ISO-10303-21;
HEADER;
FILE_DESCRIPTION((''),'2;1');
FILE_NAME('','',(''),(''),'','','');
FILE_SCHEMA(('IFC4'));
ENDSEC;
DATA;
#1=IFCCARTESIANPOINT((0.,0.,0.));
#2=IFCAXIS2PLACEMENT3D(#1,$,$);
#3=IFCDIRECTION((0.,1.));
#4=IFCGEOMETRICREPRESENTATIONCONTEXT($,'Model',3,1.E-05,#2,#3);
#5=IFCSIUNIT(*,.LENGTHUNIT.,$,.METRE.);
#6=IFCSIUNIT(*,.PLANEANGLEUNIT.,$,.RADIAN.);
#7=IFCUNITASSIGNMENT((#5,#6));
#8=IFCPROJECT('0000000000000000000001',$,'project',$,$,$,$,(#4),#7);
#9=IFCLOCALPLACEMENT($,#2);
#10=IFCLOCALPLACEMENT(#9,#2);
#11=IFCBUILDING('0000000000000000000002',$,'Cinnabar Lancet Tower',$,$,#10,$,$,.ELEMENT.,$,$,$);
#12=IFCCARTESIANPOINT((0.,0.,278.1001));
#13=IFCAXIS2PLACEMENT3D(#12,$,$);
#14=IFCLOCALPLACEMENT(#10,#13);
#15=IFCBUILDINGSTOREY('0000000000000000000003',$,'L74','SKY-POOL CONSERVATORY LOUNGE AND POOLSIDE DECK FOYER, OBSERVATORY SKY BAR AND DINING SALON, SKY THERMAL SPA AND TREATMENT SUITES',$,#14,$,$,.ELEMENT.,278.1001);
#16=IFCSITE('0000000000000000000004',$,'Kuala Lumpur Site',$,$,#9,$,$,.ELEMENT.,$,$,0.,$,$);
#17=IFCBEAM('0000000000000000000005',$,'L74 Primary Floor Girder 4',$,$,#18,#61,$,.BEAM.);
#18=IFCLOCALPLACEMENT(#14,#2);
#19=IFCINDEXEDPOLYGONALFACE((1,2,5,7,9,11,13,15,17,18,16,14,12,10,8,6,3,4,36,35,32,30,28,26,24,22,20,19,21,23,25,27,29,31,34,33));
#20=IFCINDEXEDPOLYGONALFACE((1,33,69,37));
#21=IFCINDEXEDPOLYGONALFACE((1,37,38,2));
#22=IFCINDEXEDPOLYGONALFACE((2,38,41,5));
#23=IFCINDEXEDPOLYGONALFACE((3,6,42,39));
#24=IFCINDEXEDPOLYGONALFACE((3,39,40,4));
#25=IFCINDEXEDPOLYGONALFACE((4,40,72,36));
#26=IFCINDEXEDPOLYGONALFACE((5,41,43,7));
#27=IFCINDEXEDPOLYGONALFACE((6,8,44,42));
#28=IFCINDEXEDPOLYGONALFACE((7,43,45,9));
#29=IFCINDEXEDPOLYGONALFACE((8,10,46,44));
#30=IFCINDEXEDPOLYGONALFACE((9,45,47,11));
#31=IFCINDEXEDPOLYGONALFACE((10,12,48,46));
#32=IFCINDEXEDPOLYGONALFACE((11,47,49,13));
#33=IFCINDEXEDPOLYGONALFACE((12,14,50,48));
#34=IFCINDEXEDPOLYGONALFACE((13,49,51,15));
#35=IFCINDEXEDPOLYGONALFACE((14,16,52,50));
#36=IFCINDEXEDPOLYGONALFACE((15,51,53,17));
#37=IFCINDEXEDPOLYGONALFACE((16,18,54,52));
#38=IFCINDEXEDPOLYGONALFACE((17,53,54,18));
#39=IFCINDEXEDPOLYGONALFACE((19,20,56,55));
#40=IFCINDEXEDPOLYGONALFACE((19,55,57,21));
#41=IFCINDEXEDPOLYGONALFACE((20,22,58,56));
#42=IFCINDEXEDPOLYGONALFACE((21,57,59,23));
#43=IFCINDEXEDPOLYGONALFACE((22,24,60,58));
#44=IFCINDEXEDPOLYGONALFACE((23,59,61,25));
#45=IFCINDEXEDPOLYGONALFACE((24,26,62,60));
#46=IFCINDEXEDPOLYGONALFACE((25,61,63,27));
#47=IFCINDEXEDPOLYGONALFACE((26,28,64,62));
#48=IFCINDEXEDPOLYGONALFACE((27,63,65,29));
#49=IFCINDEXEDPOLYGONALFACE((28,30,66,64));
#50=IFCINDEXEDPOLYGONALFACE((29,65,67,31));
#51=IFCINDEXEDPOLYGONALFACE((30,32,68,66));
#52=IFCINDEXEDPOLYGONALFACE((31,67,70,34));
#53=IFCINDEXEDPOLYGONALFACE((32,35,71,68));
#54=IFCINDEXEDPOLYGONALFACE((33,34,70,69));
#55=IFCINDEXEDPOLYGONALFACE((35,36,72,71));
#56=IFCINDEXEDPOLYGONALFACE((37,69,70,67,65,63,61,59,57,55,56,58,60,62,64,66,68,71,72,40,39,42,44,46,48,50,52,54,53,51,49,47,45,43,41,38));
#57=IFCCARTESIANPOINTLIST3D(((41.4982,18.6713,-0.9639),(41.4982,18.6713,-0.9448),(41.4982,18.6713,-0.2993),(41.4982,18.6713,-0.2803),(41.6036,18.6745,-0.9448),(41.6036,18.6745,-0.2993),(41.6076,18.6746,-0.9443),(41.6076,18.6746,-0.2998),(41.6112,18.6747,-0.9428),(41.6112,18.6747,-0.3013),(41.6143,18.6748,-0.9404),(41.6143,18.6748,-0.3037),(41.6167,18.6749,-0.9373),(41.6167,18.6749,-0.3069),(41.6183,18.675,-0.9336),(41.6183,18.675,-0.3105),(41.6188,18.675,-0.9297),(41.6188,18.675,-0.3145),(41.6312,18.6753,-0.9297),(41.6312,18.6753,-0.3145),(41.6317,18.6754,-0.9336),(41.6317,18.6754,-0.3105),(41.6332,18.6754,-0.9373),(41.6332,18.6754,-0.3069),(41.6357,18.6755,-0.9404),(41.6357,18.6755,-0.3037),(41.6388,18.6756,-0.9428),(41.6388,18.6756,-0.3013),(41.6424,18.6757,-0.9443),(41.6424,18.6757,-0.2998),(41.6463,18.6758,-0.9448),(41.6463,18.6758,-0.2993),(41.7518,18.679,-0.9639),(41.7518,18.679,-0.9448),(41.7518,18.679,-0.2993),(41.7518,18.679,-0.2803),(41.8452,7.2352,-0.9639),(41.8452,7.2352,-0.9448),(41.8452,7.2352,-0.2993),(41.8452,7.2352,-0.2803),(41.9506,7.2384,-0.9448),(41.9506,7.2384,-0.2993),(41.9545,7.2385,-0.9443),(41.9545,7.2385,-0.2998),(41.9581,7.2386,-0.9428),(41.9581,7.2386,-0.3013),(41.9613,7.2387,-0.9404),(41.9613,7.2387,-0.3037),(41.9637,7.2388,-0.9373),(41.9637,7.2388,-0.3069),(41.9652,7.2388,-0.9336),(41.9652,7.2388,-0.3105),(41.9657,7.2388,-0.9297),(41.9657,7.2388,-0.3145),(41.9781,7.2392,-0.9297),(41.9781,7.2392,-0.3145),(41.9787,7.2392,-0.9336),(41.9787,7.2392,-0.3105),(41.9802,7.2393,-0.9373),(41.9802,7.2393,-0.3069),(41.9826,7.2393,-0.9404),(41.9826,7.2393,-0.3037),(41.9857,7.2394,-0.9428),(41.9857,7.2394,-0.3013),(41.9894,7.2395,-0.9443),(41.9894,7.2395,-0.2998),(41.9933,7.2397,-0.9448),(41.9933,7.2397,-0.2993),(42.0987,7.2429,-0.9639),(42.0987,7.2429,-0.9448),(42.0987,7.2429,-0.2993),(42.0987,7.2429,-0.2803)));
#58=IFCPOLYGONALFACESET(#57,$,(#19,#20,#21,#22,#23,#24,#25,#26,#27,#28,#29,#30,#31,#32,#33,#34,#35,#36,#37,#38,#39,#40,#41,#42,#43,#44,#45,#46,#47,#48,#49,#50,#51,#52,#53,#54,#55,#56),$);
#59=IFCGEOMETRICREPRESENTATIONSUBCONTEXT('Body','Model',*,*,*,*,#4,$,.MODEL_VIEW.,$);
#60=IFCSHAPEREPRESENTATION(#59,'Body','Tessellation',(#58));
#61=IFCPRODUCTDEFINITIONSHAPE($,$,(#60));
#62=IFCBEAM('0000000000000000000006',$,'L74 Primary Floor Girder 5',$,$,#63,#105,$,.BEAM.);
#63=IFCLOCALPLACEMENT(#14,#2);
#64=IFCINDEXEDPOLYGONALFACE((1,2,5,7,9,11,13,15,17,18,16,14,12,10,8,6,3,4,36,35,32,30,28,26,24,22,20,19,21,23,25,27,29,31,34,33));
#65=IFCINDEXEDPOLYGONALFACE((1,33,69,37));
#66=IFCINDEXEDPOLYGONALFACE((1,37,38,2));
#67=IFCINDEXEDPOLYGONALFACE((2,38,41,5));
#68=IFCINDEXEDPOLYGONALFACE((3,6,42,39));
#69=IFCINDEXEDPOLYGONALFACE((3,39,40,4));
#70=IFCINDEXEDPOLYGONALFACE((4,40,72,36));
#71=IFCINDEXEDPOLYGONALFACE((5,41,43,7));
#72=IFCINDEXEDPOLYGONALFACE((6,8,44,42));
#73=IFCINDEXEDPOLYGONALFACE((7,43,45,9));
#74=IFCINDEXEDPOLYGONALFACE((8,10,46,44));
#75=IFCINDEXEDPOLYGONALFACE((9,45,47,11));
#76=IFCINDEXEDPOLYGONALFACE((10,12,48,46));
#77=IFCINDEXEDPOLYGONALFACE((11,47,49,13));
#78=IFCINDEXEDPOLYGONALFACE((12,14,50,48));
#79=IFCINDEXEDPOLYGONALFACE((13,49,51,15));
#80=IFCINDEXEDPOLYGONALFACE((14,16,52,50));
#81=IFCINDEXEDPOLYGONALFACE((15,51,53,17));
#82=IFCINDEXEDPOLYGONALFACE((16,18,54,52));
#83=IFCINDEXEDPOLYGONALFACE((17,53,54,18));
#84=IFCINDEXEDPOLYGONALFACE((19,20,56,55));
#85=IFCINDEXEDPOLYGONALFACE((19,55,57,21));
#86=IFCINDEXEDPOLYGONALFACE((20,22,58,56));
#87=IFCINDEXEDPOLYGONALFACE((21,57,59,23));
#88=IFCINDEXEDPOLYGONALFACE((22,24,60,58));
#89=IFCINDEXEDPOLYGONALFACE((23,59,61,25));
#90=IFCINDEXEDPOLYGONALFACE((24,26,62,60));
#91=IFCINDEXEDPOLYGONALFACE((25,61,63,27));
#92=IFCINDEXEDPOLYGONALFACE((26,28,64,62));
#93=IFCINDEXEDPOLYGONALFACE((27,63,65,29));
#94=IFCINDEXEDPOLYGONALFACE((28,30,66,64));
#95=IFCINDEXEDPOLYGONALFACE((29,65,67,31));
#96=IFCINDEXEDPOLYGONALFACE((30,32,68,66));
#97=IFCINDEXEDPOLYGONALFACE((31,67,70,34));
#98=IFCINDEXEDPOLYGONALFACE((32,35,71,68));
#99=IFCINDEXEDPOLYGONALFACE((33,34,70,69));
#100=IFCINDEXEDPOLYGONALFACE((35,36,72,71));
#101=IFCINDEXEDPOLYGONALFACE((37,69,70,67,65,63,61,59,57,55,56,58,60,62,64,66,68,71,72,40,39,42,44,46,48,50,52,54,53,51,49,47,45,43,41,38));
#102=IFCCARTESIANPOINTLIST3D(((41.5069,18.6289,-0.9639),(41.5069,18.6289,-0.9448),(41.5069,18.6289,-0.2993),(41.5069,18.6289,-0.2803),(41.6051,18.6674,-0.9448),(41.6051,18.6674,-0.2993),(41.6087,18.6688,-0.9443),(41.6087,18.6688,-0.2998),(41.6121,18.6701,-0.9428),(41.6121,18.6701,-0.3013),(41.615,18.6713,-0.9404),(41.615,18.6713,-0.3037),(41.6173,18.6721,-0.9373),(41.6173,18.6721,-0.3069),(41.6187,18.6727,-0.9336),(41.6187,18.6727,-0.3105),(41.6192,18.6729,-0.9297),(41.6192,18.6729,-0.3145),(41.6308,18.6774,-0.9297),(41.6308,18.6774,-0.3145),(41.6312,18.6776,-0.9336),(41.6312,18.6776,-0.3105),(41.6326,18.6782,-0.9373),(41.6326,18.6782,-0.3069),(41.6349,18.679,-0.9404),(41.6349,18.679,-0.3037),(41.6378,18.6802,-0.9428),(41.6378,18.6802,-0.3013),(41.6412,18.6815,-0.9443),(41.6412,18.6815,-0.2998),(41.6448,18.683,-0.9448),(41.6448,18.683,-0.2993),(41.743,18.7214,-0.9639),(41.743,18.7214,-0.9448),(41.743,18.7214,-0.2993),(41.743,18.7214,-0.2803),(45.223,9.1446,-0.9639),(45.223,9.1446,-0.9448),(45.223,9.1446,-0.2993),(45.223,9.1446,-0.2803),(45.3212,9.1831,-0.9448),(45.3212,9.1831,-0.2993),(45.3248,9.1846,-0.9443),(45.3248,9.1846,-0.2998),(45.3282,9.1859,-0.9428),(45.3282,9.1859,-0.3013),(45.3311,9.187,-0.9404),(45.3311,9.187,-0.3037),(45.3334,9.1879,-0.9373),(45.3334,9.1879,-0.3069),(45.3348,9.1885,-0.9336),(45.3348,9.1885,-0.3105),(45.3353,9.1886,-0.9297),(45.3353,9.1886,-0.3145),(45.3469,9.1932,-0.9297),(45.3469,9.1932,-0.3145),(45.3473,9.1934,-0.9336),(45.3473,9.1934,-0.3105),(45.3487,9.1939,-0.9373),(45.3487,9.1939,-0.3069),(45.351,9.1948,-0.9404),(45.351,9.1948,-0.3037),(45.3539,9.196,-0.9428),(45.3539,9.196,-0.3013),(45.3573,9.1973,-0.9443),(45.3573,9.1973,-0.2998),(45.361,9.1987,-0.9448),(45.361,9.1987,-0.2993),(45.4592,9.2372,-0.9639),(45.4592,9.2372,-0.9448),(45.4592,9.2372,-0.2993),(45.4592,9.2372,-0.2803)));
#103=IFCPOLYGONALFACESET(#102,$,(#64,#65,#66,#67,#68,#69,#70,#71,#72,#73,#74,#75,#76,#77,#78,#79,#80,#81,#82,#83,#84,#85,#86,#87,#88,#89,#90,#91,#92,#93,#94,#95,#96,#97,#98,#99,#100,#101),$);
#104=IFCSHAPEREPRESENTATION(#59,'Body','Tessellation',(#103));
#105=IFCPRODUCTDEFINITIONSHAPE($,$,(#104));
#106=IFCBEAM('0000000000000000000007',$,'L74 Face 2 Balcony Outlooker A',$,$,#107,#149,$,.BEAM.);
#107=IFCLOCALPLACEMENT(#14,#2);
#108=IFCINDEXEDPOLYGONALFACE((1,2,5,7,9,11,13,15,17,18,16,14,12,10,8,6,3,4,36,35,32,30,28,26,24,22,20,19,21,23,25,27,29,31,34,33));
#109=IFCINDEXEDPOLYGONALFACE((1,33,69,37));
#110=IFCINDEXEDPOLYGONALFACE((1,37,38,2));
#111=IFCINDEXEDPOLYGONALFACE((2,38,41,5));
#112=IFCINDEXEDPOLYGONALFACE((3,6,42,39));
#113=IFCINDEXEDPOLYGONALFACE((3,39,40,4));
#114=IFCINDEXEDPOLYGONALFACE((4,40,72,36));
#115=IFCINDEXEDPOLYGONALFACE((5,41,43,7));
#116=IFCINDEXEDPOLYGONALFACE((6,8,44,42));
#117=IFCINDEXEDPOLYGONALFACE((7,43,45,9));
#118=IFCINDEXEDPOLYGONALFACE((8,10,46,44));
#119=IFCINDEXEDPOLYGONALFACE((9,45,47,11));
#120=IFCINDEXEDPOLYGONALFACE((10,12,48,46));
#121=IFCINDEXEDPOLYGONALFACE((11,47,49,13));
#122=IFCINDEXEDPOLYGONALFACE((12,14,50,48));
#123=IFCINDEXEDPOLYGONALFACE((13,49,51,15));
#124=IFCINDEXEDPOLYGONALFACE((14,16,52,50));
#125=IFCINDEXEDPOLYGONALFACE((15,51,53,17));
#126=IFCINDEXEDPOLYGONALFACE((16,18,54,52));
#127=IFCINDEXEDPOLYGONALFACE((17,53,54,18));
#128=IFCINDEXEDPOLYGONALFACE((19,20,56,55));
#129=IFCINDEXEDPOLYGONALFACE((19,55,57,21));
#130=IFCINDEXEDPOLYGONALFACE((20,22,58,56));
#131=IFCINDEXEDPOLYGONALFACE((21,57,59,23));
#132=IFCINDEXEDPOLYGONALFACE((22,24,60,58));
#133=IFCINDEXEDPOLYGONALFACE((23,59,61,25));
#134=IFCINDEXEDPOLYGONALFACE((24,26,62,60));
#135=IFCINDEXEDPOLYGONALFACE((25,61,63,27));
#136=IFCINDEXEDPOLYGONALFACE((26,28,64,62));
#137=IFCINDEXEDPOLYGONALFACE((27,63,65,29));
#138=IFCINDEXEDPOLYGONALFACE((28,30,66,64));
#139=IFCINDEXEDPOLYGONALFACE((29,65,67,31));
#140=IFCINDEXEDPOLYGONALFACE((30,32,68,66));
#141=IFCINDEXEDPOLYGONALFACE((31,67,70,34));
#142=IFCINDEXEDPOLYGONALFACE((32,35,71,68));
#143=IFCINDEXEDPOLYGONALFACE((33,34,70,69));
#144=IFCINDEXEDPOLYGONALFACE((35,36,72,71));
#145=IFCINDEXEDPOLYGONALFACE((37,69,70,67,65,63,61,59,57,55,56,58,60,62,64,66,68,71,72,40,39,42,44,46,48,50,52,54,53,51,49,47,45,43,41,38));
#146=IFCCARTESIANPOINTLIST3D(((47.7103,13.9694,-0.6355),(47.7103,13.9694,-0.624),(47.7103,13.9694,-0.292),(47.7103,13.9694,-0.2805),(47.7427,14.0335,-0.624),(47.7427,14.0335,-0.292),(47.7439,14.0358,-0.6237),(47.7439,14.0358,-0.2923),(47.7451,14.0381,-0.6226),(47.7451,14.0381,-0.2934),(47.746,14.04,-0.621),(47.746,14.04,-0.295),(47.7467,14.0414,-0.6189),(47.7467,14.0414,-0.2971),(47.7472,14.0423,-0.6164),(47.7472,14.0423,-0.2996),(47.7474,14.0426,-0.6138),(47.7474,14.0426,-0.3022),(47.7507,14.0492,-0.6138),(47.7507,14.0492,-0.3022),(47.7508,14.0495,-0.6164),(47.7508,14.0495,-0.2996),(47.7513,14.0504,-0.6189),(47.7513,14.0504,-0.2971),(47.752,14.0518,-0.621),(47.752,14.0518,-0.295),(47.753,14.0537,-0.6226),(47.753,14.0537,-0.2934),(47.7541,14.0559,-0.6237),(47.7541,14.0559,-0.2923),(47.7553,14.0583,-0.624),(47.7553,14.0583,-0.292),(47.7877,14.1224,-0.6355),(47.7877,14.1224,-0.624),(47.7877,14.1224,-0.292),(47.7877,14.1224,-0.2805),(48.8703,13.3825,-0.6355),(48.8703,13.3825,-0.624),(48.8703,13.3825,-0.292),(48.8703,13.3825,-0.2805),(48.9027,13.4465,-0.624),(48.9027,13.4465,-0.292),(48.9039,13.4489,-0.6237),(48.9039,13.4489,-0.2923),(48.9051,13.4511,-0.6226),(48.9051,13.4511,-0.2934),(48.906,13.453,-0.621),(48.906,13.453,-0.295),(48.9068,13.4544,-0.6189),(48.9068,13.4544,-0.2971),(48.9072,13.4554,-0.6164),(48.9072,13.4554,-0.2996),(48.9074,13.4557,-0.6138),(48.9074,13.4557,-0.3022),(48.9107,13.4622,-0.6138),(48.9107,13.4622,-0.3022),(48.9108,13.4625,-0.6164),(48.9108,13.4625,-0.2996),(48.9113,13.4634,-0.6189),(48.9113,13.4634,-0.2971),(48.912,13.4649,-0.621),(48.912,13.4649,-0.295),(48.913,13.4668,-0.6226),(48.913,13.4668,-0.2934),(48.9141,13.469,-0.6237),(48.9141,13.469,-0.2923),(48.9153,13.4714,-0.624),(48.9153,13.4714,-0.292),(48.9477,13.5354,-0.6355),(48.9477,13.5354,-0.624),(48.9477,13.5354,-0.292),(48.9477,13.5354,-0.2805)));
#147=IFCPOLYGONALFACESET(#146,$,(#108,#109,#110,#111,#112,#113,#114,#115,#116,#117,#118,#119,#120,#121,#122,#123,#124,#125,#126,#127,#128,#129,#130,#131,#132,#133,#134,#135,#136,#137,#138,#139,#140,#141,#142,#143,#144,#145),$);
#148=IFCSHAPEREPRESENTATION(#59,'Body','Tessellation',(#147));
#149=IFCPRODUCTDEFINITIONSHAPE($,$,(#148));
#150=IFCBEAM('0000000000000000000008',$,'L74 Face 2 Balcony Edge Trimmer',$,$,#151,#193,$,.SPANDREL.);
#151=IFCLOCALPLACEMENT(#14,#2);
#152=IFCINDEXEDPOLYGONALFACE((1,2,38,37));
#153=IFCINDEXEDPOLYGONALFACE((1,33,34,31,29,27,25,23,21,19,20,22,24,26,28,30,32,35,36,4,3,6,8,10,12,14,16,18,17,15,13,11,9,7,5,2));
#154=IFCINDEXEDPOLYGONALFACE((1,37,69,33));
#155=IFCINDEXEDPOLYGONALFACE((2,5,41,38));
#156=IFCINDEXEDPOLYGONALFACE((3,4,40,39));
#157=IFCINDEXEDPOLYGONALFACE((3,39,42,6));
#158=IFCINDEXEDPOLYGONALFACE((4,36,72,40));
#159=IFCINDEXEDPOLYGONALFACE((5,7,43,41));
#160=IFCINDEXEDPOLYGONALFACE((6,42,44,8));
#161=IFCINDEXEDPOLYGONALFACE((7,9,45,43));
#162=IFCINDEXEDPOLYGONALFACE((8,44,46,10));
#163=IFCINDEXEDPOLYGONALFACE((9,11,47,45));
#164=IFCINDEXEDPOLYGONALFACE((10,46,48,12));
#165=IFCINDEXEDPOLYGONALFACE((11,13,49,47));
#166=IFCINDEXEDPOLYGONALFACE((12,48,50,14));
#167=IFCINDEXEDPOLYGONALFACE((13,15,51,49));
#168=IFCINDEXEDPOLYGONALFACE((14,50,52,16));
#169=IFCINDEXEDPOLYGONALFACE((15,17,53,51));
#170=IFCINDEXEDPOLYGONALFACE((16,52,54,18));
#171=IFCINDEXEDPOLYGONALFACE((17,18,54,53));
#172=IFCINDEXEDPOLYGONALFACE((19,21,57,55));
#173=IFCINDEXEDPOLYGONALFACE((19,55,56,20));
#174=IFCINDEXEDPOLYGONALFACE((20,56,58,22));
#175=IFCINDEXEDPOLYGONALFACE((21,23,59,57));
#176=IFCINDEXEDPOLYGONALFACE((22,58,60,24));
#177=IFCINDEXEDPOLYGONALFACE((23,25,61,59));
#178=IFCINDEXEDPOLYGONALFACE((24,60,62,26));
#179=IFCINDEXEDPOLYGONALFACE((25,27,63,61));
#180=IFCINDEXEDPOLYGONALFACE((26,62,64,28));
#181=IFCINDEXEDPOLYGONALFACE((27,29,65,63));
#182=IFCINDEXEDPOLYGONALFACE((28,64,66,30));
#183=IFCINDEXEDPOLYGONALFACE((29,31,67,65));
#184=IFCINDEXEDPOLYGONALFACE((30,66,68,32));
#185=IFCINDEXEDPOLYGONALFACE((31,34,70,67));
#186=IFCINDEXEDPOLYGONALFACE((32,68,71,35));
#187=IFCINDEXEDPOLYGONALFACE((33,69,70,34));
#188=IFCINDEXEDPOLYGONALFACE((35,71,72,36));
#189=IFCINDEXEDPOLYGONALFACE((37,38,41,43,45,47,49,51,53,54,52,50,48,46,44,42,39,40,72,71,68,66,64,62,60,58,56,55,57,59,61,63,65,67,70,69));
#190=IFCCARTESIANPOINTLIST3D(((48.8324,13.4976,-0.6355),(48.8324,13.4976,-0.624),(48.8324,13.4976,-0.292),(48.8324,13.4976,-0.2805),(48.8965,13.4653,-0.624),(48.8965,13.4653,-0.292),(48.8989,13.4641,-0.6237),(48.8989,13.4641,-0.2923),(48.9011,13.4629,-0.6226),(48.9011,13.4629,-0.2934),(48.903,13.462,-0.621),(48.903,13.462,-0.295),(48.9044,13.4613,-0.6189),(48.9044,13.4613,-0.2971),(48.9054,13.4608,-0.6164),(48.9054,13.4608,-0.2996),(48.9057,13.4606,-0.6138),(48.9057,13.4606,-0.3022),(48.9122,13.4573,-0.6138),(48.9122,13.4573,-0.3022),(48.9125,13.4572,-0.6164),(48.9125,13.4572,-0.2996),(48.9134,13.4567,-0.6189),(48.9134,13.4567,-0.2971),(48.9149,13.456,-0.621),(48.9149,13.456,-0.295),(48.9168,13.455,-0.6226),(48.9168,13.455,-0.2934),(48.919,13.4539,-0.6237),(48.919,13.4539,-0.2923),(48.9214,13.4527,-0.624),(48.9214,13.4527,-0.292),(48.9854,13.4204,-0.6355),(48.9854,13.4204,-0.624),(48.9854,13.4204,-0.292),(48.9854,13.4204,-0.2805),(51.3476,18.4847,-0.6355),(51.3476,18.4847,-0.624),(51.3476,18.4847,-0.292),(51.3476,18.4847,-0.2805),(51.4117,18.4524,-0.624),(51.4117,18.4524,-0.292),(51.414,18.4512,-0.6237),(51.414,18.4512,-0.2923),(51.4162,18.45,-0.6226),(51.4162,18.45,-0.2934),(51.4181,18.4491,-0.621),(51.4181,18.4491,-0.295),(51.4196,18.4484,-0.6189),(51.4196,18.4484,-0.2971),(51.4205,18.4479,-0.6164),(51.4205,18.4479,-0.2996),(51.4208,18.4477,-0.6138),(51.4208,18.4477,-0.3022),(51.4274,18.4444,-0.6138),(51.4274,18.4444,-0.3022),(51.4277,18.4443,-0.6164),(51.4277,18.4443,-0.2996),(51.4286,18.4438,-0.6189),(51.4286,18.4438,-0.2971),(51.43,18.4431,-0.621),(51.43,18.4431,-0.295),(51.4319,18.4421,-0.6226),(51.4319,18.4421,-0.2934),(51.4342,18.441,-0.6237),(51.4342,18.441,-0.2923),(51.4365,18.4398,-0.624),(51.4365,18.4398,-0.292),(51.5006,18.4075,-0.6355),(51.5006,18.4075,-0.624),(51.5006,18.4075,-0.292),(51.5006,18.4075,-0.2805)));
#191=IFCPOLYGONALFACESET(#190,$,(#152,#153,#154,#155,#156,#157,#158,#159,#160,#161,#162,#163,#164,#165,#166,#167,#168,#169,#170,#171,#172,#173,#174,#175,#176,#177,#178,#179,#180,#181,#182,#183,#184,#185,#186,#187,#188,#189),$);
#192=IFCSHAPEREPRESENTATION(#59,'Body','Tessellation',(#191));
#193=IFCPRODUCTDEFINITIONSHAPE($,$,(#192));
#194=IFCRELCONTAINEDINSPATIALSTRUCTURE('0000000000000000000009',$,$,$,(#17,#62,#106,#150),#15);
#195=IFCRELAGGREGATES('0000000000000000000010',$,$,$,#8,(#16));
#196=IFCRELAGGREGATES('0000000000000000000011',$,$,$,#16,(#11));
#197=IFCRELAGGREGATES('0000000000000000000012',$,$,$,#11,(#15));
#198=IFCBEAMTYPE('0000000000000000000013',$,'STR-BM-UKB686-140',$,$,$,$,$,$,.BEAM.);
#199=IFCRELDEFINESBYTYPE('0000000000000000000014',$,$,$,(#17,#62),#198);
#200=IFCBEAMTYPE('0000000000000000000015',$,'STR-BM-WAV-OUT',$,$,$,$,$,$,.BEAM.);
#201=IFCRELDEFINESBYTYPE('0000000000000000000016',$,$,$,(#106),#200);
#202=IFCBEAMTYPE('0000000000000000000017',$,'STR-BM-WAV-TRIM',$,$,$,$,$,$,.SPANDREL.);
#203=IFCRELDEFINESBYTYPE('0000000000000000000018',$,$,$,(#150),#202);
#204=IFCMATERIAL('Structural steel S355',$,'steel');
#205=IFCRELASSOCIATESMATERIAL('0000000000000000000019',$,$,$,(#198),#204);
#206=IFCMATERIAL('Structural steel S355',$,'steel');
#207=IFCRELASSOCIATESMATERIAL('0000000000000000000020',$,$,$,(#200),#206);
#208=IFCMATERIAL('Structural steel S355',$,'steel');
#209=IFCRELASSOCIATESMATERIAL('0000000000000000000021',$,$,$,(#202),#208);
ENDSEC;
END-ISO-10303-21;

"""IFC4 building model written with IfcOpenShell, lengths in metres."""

from ifc_helpers import new_model, si_unit, direction, frame, origin, origin_2d, place, context, subcontext, project, spatial, i_section, extrude, material, material_profile, profile_set, type_object, element, save


model = new_model("IFC4")

# Units and contexts
model_context = context("Model", 3, precision=1e-05, world=origin(), true_north=direction((0.0, 1.0)))
body_context = subcontext(model_context, "Body", "Model", "MODEL_VIEW")
ifc_project = project(units=[si_unit("LENGTHUNIT", "METRE"), si_unit("PLANEANGLEUNIT", "RADIAN")], contexts=[model_context])

# Site, building, storey
site_placement = place(None, origin())
site = spatial("IfcSite", under=ifc_project, at=site_placement, Name="Kuala Lumpur Site", CompositionType="ELEMENT", RefElevation=0.0)
building_placement = place(site_placement, origin())
building = spatial("IfcBuilding", under=site, at=building_placement, Name="Cinnabar Lancet Tower", CompositionType="ELEMENT")
storey_placement = place(building_placement, frame((0.0, 0.0, 278.1001)))
storey = spatial("IfcBuildingStorey", under=building, at=storey_placement, Name="L74", Description="SKY-POOL CONSERVATORY LOUNGE AND POOLSIDE DECK FOYER, OBSERVATORY SKY BAR AND DINING SALON, SKY THERMAL SPA AND TREATMENT SUITES", CompositionType="ELEMENT", Elevation=278.1001)

# Beams
ifc_material_1 = material(Name="Structural steel S355", Category="steel")
ifc_material_profile_1 = material_profile(ifc_material_1, i_section(OverallWidth=0.2537, OverallDepth=0.6836, WebThickness=0.0125, FlangeThickness=0.019, FilletRadius=0.0151, at=origin_2d()), Name="UKB 686x254x140")
ifc_profile_set_1 = profile_set([ifc_material_profile_1], Name="Structural steel S355")
beam_type_1 = type_object("IfcBeamType", Name="STR-BM-UKB686-140", PredefinedType="BEAM", material=ifc_profile_set_1)
beam_1_placement = place(storey_placement, frame((41.9719, 7.239, -0.6221), z_axis=(-0.030322, 0.99954, 0.0), x_axis=(-0.99954, -0.030322, 0.0)))
element("IfcBeam", 1, at=beam_1_placement, inside=storey, type_object=beam_type_1, Name="L74 Primary Floor Girder 4", PredefinedType="BEAM", context=body_context, shape_type="SweptSolid", body=[
    extrude(i_section(OverallWidth=0.2537, OverallDepth=0.6836, WebThickness=0.0125, FlangeThickness=0.019, FilletRadius=0.0151, at=origin_2d()), origin(), (0.0, 0.0, 1.0), 11.4414),
])
beam_2_placement = place(storey_placement, frame((45.3411, 9.1909, -0.6221), z_axis=(-0.364815, 0.93108, 0.0), x_axis=(-0.93108, -0.364815, 0.0)))
element("IfcBeam", 2, at=beam_2_placement, inside=storey, type_object=beam_type_1, Name="L74 Primary Floor Girder 5", PredefinedType="BEAM", context=body_context, shape_type="SweptSolid", body=[
    extrude(i_section(OverallWidth=0.2537, OverallDepth=0.6836, WebThickness=0.0125, FlangeThickness=0.019, FilletRadius=0.0151, at=origin_2d()), origin(), (0.0, 0.0, 1.0), 10.1863),
])
ifc_material_2 = material(Name="Structural steel S355", Category="steel")
ifc_material_profile_2 = material_profile(ifc_material_2, i_section(OverallWidth=0.1714, OverallDepth=0.355, WebThickness=0.0073, FlangeThickness=0.0115, FilletRadius=0.0103, at=origin_2d()), Name="UKB 356x171x51")
ifc_profile_set_2 = profile_set([ifc_material_profile_2], Name="Structural steel S355")
beam_type_2 = type_object("IfcBeamType", Name="STR-BM-WAV-OUT", PredefinedType="BEAM", material=ifc_profile_set_2)
beam_3_placement = place(storey_placement, frame((47.749, 14.0459, -0.458), z_axis=(0.892276, -0.45149, 0.0), x_axis=(0.45149, 0.892276, 0.0)))
element("IfcBeam", 3, at=beam_3_placement, inside=storey, type_object=beam_type_2, Name="L74 Face 2 Balcony Outlooker A", PredefinedType="BEAM", context=body_context, shape_type="SweptSolid", body=[
    extrude(i_section(OverallWidth=0.1714, OverallDepth=0.355, WebThickness=0.0073, FlangeThickness=0.0115, FilletRadius=0.0103, at=origin_2d()), origin(), (0.0, 0.0, 1.0), 1.3),
])
ifc_material_3 = material(Name="Structural steel S355", Category="steel")
ifc_material_profile_3 = material_profile(ifc_material_3, i_section(OverallWidth=0.1714, OverallDepth=0.355, WebThickness=0.0073, FlangeThickness=0.0115, FilletRadius=0.0103, at=origin_2d()), Name="UKB 356x171x51")
ifc_profile_set_3 = profile_set([ifc_material_profile_3], Name="Structural steel S355")
beam_type_3 = type_object("IfcBeamType", Name="STR-BM-WAV-TRIM", PredefinedType="SPANDREL", material=ifc_profile_set_3)
beam_4_placement = place(storey_placement, frame((48.9089, 13.459, -0.458), z_axis=(0.450306, 0.892874, 0.0), x_axis=(-0.892874, 0.450306, 0.0)))
element("IfcBeam", 4, at=beam_4_placement, inside=storey, type_object=beam_type_3, Name="L74 Face 2 Balcony Edge Trimmer", PredefinedType="SPANDREL", context=body_context, shape_type="SweptSolid", body=[
    extrude(i_section(OverallWidth=0.1714, OverallDepth=0.355, WebThickness=0.0073, FlangeThickness=0.0115, FilletRadius=0.0103, at=origin_2d()), origin(), (0.0, 0.0, 1.0), 5.5854),
])

save(model, "model.ifc")
